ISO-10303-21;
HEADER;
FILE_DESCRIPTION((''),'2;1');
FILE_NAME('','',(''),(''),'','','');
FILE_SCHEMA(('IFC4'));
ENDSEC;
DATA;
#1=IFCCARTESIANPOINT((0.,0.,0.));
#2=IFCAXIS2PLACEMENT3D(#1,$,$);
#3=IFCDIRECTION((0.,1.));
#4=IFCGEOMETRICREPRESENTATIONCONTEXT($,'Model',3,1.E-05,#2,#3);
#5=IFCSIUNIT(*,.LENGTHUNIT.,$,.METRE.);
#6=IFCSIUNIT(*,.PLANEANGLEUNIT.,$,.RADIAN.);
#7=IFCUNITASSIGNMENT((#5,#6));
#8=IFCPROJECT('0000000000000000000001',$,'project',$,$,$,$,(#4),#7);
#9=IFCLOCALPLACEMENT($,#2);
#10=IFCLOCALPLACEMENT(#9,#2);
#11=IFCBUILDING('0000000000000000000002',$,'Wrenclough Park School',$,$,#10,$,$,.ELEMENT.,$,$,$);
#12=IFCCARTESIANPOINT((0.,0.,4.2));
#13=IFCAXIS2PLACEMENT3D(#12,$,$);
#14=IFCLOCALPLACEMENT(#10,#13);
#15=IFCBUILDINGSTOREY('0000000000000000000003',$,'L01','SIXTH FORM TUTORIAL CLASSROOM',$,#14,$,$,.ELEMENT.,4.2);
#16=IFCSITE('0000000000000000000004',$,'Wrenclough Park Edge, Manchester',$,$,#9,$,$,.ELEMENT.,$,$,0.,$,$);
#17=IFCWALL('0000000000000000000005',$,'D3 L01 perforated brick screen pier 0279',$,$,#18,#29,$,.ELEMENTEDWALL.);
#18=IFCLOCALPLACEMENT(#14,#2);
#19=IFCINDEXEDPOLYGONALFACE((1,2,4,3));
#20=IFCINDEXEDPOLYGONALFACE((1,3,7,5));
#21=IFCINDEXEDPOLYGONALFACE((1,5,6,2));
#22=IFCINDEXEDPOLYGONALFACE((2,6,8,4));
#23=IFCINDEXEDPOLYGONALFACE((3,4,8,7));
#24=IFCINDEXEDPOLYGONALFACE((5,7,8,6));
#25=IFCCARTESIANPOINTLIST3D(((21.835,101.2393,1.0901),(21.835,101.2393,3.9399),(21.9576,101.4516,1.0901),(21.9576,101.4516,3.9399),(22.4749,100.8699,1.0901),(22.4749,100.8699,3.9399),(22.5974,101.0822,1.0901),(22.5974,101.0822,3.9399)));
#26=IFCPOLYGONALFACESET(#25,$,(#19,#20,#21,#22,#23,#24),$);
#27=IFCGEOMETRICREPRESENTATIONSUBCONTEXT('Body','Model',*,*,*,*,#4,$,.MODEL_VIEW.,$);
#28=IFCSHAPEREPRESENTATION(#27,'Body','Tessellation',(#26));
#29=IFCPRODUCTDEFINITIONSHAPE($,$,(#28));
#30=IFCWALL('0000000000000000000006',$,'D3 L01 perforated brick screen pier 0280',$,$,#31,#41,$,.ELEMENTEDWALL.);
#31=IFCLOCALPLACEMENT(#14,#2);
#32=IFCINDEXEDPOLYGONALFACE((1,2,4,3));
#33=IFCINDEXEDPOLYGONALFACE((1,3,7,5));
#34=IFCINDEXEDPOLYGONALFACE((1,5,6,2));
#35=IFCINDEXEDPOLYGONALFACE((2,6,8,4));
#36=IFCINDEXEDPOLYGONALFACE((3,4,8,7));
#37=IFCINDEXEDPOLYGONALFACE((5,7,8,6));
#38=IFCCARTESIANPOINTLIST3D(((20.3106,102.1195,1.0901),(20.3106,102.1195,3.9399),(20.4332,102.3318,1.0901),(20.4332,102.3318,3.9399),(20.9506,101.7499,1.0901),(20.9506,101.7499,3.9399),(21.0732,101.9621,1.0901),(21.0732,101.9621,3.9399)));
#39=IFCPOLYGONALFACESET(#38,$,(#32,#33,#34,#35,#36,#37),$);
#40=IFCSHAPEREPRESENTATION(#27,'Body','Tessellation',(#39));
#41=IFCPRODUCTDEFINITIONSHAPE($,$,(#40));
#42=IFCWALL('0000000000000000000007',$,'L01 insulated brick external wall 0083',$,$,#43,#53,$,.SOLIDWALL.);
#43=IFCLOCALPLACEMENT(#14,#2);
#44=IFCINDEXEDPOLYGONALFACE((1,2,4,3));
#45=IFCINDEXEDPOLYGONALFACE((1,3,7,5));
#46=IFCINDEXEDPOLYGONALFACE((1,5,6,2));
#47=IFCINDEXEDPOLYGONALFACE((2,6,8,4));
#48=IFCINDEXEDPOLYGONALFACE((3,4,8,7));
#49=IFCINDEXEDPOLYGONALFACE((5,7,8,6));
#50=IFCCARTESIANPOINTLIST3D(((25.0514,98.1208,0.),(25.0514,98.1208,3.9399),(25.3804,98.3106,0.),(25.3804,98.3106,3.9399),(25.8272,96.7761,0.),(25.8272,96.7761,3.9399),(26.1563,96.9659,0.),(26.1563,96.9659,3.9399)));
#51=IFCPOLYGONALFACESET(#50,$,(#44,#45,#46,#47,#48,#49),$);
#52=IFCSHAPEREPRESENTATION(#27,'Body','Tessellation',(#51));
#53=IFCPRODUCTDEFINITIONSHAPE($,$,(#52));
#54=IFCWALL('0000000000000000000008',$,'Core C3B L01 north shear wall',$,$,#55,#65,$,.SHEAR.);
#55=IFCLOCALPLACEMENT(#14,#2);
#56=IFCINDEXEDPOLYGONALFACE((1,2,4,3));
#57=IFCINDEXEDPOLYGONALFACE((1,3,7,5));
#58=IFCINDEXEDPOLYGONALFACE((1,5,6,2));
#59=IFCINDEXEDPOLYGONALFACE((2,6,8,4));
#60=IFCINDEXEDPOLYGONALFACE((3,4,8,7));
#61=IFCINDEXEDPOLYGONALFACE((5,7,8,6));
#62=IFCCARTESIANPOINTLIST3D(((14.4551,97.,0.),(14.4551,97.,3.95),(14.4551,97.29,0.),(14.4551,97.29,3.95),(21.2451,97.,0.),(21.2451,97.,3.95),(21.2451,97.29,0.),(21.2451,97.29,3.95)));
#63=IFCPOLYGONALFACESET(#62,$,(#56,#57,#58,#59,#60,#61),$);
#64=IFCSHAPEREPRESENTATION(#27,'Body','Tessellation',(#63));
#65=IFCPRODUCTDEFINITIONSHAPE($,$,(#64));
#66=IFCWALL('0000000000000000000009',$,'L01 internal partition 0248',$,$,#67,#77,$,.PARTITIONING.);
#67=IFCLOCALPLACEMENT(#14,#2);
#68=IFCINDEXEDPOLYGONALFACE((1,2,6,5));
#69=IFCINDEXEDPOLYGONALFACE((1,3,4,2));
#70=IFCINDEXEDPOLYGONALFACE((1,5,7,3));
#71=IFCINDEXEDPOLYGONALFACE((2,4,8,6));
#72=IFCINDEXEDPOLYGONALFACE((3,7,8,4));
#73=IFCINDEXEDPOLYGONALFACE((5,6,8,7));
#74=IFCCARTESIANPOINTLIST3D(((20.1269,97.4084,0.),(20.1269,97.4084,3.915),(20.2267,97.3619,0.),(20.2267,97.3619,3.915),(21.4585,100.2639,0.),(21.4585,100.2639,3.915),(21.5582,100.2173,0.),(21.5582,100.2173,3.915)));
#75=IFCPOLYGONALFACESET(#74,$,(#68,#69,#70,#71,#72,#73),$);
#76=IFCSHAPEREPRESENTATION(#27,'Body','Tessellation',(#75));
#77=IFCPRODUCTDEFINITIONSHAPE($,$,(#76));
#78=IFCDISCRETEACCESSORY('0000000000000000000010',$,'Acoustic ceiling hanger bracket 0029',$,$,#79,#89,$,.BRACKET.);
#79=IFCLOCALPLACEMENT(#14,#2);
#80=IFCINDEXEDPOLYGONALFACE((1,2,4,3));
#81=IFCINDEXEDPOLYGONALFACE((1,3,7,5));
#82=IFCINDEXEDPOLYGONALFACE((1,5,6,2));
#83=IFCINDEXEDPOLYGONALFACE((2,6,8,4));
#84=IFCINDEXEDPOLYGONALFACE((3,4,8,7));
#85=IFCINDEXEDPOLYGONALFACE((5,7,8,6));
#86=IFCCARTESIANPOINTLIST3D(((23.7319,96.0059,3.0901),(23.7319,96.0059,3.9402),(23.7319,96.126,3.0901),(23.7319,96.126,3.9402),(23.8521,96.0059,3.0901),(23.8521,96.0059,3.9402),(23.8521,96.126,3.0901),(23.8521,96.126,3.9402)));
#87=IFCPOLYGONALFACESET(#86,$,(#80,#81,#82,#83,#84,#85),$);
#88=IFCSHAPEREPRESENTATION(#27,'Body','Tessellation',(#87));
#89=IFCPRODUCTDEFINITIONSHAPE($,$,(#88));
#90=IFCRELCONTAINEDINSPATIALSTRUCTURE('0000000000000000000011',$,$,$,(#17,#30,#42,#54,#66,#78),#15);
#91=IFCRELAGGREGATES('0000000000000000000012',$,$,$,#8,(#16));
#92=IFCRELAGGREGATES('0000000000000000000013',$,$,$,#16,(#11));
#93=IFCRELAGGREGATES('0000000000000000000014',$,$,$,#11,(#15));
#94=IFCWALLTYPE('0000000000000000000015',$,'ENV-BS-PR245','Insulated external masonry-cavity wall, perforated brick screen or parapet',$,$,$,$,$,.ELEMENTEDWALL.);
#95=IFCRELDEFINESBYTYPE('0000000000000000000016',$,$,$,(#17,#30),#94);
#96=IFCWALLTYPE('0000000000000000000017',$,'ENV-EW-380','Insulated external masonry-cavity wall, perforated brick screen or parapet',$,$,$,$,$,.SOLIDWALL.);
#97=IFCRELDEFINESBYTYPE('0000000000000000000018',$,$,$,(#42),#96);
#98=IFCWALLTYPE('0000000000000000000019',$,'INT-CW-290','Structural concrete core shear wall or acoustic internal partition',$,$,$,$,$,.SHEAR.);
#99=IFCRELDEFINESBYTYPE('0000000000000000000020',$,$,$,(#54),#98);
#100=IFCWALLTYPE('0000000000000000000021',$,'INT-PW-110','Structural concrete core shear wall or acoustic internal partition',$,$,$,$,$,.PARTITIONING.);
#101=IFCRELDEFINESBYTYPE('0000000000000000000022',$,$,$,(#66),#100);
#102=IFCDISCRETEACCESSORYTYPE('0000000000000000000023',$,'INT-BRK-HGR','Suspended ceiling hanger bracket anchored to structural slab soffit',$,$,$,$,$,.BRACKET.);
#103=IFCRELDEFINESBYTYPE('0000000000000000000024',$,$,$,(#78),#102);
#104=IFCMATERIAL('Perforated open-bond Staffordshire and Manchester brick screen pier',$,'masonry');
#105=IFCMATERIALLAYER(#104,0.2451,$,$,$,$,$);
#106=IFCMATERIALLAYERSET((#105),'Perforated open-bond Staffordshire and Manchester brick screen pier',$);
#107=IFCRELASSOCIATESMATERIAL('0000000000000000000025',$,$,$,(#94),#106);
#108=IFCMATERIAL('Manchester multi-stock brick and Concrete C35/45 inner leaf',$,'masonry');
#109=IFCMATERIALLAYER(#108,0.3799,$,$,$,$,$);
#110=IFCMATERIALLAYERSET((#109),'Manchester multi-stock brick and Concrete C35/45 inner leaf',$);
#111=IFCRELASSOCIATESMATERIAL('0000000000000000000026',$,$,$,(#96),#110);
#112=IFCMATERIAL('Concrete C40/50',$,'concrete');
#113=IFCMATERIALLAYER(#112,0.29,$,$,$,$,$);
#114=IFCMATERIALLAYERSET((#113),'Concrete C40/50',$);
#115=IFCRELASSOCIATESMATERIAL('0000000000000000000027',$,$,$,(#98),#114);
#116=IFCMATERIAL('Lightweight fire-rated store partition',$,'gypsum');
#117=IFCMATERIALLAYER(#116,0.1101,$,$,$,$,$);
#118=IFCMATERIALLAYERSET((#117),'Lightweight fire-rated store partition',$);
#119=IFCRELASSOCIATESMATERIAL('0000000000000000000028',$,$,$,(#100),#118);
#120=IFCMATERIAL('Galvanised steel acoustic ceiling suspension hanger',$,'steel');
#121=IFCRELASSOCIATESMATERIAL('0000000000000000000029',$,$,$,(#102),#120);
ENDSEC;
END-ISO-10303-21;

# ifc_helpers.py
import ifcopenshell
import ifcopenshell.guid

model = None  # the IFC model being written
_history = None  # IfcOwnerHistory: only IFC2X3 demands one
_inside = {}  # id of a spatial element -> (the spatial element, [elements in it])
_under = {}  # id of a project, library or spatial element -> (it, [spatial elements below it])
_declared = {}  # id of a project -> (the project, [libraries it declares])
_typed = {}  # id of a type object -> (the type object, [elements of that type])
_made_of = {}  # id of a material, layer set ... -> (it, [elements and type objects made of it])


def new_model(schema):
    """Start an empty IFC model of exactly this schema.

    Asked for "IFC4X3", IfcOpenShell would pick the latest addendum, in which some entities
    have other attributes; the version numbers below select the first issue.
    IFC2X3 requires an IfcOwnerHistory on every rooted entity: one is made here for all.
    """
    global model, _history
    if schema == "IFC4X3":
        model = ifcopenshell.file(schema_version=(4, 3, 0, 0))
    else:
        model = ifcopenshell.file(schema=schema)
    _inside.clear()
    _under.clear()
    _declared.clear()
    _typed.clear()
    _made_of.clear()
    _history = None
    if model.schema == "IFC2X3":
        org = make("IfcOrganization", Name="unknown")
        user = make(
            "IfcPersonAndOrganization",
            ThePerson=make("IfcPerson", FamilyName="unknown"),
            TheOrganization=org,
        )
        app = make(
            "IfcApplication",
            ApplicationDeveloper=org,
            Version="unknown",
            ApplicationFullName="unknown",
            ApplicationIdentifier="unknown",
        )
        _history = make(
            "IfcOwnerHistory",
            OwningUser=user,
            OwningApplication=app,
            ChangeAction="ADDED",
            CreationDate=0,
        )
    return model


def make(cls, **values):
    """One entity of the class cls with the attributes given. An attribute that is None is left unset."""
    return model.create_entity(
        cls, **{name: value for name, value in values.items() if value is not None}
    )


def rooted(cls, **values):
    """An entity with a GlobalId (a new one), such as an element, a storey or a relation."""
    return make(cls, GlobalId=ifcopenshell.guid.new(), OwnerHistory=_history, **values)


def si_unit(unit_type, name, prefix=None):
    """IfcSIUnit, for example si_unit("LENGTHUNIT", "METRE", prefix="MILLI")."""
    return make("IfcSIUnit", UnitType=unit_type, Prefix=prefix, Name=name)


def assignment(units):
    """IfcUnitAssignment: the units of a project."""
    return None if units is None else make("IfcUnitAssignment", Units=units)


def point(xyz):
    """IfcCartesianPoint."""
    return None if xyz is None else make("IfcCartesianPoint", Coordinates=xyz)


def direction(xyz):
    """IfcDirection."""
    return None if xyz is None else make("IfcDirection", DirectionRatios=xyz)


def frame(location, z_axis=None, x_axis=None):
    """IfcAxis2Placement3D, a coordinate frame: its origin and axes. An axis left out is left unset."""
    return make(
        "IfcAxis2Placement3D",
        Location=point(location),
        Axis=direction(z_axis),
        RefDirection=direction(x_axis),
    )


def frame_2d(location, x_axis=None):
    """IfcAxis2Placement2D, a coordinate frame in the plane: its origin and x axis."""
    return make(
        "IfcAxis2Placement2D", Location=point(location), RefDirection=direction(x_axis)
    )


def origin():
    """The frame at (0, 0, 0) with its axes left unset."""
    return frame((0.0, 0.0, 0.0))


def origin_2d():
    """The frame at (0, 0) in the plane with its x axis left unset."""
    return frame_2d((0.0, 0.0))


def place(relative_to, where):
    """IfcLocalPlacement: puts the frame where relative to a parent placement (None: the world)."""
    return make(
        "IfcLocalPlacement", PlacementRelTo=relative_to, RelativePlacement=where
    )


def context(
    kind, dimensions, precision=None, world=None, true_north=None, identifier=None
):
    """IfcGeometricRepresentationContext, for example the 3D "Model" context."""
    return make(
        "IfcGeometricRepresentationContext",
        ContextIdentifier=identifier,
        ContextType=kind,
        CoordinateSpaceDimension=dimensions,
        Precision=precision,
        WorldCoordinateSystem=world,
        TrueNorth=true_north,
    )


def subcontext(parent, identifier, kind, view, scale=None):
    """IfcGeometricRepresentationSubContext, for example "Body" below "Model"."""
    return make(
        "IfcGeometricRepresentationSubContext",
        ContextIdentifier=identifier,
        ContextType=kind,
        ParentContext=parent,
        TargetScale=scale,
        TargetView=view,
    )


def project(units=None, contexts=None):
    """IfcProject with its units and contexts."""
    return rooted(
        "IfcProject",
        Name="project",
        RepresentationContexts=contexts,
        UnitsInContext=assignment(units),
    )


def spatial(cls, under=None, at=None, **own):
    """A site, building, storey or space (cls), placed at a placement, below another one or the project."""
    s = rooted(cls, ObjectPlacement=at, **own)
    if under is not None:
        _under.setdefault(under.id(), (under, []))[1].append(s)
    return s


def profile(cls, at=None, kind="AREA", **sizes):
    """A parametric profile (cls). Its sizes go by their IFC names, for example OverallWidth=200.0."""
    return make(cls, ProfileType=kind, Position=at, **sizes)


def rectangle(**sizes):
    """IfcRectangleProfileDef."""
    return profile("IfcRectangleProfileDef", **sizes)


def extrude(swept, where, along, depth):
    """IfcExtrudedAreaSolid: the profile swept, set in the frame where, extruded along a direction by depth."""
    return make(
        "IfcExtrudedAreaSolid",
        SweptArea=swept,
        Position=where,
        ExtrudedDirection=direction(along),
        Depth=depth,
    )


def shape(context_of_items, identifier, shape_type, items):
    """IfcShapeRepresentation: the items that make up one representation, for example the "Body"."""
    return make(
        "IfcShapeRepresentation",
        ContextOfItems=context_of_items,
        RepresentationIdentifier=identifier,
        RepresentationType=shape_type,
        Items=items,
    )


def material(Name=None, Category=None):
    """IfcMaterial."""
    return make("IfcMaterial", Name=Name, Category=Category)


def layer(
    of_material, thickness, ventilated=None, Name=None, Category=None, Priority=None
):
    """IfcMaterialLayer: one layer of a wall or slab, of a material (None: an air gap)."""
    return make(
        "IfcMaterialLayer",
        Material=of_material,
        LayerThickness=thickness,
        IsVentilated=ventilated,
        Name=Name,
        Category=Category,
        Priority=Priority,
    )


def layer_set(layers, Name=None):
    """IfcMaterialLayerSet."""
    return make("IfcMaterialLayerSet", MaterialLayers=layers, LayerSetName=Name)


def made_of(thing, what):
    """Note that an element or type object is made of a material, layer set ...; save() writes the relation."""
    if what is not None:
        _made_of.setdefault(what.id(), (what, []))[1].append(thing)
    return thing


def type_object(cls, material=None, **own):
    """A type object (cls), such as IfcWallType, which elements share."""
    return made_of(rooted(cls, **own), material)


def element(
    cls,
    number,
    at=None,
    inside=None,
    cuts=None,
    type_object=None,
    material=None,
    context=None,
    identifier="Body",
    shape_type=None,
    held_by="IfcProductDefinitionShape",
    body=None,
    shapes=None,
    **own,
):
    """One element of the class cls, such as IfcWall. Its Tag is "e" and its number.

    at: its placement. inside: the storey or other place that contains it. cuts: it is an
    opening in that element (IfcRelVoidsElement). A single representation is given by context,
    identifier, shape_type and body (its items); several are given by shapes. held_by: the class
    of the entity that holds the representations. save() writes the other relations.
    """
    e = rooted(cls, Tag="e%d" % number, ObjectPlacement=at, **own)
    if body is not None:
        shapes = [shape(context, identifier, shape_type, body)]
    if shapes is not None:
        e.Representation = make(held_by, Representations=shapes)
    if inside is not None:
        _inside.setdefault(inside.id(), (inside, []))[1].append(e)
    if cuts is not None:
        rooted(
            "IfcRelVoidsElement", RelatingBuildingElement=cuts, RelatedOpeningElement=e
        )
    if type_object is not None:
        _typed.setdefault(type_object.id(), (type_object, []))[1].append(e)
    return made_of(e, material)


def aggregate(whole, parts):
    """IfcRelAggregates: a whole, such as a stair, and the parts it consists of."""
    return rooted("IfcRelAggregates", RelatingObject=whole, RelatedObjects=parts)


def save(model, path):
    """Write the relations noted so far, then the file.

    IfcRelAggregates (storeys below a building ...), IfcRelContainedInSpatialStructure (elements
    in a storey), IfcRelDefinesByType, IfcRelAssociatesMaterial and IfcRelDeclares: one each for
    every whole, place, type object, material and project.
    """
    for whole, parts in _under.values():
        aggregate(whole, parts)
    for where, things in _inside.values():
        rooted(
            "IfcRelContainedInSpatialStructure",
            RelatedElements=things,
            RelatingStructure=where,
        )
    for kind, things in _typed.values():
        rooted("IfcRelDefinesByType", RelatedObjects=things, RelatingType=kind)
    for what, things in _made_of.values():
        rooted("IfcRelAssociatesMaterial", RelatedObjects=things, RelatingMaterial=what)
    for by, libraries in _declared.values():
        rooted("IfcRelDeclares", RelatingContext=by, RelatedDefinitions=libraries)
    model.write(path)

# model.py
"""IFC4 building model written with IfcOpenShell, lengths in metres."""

from ifc_helpers import new_model, si_unit, direction, frame, frame_2d, origin, origin_2d, place, context, subcontext, project, spatial, rectangle, extrude, material, layer, layer_set, type_object, element, save


model = new_model("IFC4")

# Units and contexts
model_context = context("Model", 3, precision=1e-05, world=origin(), true_north=direction((0.0, 1.0)))
body_context = subcontext(model_context, "Body", "Model", "MODEL_VIEW")
ifc_project = project(units=[si_unit("LENGTHUNIT", "METRE"), si_unit("PLANEANGLEUNIT", "RADIAN")], contexts=[model_context])

# Site, building, storey
site_placement = place(None, origin())
site = spatial("IfcSite", under=ifc_project, at=site_placement, Name="Wrenclough Park Edge, Manchester", CompositionType="ELEMENT", RefElevation=0.0)
building_placement = place(site_placement, origin())
building = spatial("IfcBuilding", under=site, at=building_placement, Name="Wrenclough Park School", CompositionType="ELEMENT")
storey_placement = place(building_placement, frame((0.0, 0.0, 4.2)))
storey = spatial("IfcBuildingStorey", under=building, at=storey_placement, Name="L01", Description="SIXTH FORM TUTORIAL CLASSROOM", CompositionType="ELEMENT", Elevation=4.2)

# Walls
ifc_material_1 = material(Name="Perforated open-bond Staffordshire and Manchester brick screen pier", Category="masonry")
ifc_layer_1 = layer(ifc_material_1, 0.2451)
ifc_layer_set_1 = layer_set([ifc_layer_1], Name="Perforated open-bond Staffordshire and Manchester brick screen pier")
wall_type_1 = type_object("IfcWallType", Name="ENV-BS-PR245", Description="Insulated external masonry-cavity wall, perforated brick screen or parapet", PredefinedType="ELEMENTEDWALL", material=ifc_layer_set_1)
wall_1_placement = place(storey_placement, frame((22.5361, 100.9761, 1.0901), z_axis=(0.0, 0.0, 1.0), x_axis=(-0.866059, 0.499942, 0.0)))
element("IfcWall", 1, at=wall_1_placement, inside=storey, type_object=wall_type_1, Name="D3 L01 perforated brick screen pier 0279", PredefinedType="ELEMENTEDWALL", context=body_context, shape_type="SweptSolid", body=[
    extrude(rectangle(XDim=0.7388, YDim=0.2451, at=frame_2d((0.3694, 0.0))), origin(), (0.0, 0.0, 1.0), 2.8499),
])
wall_2_placement = place(storey_placement, frame((21.012, 101.856, 1.0901), z_axis=(0.0, 0.0, 1.0), x_axis=(-0.865916, 0.50019, 0.0)))
element("IfcWall", 2, at=wall_2_placement, inside=storey, type_object=wall_type_1, Name="D3 L01 perforated brick screen pier 0280", PredefinedType="ELEMENTEDWALL", context=body_context, shape_type="SweptSolid", body=[
    extrude(rectangle(XDim=0.739, YDim=0.2451, at=frame_2d((0.3696, 0.0))), origin(), (0.0, 0.0, 1.0), 2.8499),
])
ifc_material_2 = material(Name="Manchester multi-stock brick and Concrete C35/45 inner leaf", Category="masonry")
ifc_layer_2 = layer(ifc_material_2, 0.3799)
ifc_layer_set_2 = layer_set([ifc_layer_2], Name="Manchester multi-stock brick and Concrete C35/45 inner leaf")
wall_type_2 = type_object("IfcWallType", Name="ENV-EW-380", Description="Insulated external masonry-cavity wall, perforated brick screen or parapet", PredefinedType="SOLIDWALL", material=ifc_layer_set_2)
wall_3_placement = place(storey_placement, frame((25.2158, 98.2158, 0.0), z_axis=(0.0, 0.0, 1.0), x_axis=(0.499759, -0.866165, 0.0)))
element("IfcWall", 3, at=wall_3_placement, inside=storey, type_object=wall_type_2, Name="L01 insulated brick external wall 0083", PredefinedType="SOLIDWALL", context=body_context, shape_type="SweptSolid", body=[
    extrude(rectangle(XDim=1.5525, YDim=0.3799, at=frame_2d((0.7764, 0.0))), origin(), (0.0, 0.0, 1.0), 3.9399),
])
ifc_material_3 = material(Name="Concrete C40/50", Category="concrete")
ifc_layer_3 = layer(ifc_material_3, 0.29)
ifc_layer_set_3 = layer_set([ifc_layer_3], Name="Concrete C40/50")
wall_type_3 = type_object("IfcWallType", Name="INT-CW-290", Description="Structural concrete core shear wall or acoustic internal partition", PredefinedType="SHEAR", material=ifc_layer_set_3)
wall_4_placement = place(storey_placement, frame((21.2451, 97.145, 0.0), z_axis=(0.0, 0.0, 1.0), x_axis=(-1.0, 0.0, 0.0)))
element("IfcWall", 4, at=wall_4_placement, inside=storey, type_object=wall_type_3, Name="Core C3B L01 north shear wall", PredefinedType="SHEAR", context=body_context, shape_type="SweptSolid", body=[
    extrude(rectangle(XDim=6.79, YDim=0.29, at=frame_2d((3.395, 0.0))), origin(), (0.0, 0.0, 1.0), 3.95),
])
ifc_material_4 = material(Name="Lightweight fire-rated store partition", Category="gypsum")
ifc_layer_4 = layer(ifc_material_4, 0.1101)
ifc_layer_set_4 = layer_set([ifc_layer_4], Name="Lightweight fire-rated store partition")
wall_type_4 = type_object("IfcWallType", Name="INT-PW-110", Description="Structural concrete core shear wall or acoustic internal partition", PredefinedType="PARTITIONING", material=ifc_layer_set_4)
wall_5_placement = place(storey_placement, frame((21.5083, 100.2405, 0.0), z_axis=(0.0, 0.0, 1.0), x_axis=(-0.422622, -0.906306, 0.0)))
element("IfcWall", 5, at=wall_5_placement, inside=storey, type_object=wall_type_4, Name="L01 internal partition 0248", PredefinedType="PARTITIONING", context=body_context, shape_type="SweptSolid", body=[
    extrude(rectangle(XDim=3.1506, YDim=0.1101, at=frame_2d((1.5752, 0.0))), origin(), (0.0, 0.0, 1.0), 3.915),
])

# Discrete accessory
ifc_material_5 = material(Name="Galvanised steel acoustic ceiling suspension hanger", Category="steel")
discrete_accessory_type = type_object("IfcDiscreteAccessoryType", Name="INT-BRK-HGR", Description="Suspended ceiling hanger bracket anchored to structural slab soffit", PredefinedType="BRACKET", material=ifc_material_5)
discrete_accessory_placement = place(storey_placement, frame((23.792, 96.0659, 3.0901), z_axis=(0.0, 0.0, 1.0), x_axis=(1.0, 0.0, 0.0)))
element("IfcDiscreteAccessory", 6, at=discrete_accessory_placement, inside=storey, type_object=discrete_accessory_type, Name="Acoustic ceiling hanger bracket 0029", PredefinedType="BRACKET", context=body_context, shape_type="SweptSolid", body=[
    extrude(rectangle(XDim=0.1201, YDim=0.1201, at=origin_2d()), origin(), (0.0, 0.0, 1.0), 0.8501),
])

save(model, "model.ifc")
